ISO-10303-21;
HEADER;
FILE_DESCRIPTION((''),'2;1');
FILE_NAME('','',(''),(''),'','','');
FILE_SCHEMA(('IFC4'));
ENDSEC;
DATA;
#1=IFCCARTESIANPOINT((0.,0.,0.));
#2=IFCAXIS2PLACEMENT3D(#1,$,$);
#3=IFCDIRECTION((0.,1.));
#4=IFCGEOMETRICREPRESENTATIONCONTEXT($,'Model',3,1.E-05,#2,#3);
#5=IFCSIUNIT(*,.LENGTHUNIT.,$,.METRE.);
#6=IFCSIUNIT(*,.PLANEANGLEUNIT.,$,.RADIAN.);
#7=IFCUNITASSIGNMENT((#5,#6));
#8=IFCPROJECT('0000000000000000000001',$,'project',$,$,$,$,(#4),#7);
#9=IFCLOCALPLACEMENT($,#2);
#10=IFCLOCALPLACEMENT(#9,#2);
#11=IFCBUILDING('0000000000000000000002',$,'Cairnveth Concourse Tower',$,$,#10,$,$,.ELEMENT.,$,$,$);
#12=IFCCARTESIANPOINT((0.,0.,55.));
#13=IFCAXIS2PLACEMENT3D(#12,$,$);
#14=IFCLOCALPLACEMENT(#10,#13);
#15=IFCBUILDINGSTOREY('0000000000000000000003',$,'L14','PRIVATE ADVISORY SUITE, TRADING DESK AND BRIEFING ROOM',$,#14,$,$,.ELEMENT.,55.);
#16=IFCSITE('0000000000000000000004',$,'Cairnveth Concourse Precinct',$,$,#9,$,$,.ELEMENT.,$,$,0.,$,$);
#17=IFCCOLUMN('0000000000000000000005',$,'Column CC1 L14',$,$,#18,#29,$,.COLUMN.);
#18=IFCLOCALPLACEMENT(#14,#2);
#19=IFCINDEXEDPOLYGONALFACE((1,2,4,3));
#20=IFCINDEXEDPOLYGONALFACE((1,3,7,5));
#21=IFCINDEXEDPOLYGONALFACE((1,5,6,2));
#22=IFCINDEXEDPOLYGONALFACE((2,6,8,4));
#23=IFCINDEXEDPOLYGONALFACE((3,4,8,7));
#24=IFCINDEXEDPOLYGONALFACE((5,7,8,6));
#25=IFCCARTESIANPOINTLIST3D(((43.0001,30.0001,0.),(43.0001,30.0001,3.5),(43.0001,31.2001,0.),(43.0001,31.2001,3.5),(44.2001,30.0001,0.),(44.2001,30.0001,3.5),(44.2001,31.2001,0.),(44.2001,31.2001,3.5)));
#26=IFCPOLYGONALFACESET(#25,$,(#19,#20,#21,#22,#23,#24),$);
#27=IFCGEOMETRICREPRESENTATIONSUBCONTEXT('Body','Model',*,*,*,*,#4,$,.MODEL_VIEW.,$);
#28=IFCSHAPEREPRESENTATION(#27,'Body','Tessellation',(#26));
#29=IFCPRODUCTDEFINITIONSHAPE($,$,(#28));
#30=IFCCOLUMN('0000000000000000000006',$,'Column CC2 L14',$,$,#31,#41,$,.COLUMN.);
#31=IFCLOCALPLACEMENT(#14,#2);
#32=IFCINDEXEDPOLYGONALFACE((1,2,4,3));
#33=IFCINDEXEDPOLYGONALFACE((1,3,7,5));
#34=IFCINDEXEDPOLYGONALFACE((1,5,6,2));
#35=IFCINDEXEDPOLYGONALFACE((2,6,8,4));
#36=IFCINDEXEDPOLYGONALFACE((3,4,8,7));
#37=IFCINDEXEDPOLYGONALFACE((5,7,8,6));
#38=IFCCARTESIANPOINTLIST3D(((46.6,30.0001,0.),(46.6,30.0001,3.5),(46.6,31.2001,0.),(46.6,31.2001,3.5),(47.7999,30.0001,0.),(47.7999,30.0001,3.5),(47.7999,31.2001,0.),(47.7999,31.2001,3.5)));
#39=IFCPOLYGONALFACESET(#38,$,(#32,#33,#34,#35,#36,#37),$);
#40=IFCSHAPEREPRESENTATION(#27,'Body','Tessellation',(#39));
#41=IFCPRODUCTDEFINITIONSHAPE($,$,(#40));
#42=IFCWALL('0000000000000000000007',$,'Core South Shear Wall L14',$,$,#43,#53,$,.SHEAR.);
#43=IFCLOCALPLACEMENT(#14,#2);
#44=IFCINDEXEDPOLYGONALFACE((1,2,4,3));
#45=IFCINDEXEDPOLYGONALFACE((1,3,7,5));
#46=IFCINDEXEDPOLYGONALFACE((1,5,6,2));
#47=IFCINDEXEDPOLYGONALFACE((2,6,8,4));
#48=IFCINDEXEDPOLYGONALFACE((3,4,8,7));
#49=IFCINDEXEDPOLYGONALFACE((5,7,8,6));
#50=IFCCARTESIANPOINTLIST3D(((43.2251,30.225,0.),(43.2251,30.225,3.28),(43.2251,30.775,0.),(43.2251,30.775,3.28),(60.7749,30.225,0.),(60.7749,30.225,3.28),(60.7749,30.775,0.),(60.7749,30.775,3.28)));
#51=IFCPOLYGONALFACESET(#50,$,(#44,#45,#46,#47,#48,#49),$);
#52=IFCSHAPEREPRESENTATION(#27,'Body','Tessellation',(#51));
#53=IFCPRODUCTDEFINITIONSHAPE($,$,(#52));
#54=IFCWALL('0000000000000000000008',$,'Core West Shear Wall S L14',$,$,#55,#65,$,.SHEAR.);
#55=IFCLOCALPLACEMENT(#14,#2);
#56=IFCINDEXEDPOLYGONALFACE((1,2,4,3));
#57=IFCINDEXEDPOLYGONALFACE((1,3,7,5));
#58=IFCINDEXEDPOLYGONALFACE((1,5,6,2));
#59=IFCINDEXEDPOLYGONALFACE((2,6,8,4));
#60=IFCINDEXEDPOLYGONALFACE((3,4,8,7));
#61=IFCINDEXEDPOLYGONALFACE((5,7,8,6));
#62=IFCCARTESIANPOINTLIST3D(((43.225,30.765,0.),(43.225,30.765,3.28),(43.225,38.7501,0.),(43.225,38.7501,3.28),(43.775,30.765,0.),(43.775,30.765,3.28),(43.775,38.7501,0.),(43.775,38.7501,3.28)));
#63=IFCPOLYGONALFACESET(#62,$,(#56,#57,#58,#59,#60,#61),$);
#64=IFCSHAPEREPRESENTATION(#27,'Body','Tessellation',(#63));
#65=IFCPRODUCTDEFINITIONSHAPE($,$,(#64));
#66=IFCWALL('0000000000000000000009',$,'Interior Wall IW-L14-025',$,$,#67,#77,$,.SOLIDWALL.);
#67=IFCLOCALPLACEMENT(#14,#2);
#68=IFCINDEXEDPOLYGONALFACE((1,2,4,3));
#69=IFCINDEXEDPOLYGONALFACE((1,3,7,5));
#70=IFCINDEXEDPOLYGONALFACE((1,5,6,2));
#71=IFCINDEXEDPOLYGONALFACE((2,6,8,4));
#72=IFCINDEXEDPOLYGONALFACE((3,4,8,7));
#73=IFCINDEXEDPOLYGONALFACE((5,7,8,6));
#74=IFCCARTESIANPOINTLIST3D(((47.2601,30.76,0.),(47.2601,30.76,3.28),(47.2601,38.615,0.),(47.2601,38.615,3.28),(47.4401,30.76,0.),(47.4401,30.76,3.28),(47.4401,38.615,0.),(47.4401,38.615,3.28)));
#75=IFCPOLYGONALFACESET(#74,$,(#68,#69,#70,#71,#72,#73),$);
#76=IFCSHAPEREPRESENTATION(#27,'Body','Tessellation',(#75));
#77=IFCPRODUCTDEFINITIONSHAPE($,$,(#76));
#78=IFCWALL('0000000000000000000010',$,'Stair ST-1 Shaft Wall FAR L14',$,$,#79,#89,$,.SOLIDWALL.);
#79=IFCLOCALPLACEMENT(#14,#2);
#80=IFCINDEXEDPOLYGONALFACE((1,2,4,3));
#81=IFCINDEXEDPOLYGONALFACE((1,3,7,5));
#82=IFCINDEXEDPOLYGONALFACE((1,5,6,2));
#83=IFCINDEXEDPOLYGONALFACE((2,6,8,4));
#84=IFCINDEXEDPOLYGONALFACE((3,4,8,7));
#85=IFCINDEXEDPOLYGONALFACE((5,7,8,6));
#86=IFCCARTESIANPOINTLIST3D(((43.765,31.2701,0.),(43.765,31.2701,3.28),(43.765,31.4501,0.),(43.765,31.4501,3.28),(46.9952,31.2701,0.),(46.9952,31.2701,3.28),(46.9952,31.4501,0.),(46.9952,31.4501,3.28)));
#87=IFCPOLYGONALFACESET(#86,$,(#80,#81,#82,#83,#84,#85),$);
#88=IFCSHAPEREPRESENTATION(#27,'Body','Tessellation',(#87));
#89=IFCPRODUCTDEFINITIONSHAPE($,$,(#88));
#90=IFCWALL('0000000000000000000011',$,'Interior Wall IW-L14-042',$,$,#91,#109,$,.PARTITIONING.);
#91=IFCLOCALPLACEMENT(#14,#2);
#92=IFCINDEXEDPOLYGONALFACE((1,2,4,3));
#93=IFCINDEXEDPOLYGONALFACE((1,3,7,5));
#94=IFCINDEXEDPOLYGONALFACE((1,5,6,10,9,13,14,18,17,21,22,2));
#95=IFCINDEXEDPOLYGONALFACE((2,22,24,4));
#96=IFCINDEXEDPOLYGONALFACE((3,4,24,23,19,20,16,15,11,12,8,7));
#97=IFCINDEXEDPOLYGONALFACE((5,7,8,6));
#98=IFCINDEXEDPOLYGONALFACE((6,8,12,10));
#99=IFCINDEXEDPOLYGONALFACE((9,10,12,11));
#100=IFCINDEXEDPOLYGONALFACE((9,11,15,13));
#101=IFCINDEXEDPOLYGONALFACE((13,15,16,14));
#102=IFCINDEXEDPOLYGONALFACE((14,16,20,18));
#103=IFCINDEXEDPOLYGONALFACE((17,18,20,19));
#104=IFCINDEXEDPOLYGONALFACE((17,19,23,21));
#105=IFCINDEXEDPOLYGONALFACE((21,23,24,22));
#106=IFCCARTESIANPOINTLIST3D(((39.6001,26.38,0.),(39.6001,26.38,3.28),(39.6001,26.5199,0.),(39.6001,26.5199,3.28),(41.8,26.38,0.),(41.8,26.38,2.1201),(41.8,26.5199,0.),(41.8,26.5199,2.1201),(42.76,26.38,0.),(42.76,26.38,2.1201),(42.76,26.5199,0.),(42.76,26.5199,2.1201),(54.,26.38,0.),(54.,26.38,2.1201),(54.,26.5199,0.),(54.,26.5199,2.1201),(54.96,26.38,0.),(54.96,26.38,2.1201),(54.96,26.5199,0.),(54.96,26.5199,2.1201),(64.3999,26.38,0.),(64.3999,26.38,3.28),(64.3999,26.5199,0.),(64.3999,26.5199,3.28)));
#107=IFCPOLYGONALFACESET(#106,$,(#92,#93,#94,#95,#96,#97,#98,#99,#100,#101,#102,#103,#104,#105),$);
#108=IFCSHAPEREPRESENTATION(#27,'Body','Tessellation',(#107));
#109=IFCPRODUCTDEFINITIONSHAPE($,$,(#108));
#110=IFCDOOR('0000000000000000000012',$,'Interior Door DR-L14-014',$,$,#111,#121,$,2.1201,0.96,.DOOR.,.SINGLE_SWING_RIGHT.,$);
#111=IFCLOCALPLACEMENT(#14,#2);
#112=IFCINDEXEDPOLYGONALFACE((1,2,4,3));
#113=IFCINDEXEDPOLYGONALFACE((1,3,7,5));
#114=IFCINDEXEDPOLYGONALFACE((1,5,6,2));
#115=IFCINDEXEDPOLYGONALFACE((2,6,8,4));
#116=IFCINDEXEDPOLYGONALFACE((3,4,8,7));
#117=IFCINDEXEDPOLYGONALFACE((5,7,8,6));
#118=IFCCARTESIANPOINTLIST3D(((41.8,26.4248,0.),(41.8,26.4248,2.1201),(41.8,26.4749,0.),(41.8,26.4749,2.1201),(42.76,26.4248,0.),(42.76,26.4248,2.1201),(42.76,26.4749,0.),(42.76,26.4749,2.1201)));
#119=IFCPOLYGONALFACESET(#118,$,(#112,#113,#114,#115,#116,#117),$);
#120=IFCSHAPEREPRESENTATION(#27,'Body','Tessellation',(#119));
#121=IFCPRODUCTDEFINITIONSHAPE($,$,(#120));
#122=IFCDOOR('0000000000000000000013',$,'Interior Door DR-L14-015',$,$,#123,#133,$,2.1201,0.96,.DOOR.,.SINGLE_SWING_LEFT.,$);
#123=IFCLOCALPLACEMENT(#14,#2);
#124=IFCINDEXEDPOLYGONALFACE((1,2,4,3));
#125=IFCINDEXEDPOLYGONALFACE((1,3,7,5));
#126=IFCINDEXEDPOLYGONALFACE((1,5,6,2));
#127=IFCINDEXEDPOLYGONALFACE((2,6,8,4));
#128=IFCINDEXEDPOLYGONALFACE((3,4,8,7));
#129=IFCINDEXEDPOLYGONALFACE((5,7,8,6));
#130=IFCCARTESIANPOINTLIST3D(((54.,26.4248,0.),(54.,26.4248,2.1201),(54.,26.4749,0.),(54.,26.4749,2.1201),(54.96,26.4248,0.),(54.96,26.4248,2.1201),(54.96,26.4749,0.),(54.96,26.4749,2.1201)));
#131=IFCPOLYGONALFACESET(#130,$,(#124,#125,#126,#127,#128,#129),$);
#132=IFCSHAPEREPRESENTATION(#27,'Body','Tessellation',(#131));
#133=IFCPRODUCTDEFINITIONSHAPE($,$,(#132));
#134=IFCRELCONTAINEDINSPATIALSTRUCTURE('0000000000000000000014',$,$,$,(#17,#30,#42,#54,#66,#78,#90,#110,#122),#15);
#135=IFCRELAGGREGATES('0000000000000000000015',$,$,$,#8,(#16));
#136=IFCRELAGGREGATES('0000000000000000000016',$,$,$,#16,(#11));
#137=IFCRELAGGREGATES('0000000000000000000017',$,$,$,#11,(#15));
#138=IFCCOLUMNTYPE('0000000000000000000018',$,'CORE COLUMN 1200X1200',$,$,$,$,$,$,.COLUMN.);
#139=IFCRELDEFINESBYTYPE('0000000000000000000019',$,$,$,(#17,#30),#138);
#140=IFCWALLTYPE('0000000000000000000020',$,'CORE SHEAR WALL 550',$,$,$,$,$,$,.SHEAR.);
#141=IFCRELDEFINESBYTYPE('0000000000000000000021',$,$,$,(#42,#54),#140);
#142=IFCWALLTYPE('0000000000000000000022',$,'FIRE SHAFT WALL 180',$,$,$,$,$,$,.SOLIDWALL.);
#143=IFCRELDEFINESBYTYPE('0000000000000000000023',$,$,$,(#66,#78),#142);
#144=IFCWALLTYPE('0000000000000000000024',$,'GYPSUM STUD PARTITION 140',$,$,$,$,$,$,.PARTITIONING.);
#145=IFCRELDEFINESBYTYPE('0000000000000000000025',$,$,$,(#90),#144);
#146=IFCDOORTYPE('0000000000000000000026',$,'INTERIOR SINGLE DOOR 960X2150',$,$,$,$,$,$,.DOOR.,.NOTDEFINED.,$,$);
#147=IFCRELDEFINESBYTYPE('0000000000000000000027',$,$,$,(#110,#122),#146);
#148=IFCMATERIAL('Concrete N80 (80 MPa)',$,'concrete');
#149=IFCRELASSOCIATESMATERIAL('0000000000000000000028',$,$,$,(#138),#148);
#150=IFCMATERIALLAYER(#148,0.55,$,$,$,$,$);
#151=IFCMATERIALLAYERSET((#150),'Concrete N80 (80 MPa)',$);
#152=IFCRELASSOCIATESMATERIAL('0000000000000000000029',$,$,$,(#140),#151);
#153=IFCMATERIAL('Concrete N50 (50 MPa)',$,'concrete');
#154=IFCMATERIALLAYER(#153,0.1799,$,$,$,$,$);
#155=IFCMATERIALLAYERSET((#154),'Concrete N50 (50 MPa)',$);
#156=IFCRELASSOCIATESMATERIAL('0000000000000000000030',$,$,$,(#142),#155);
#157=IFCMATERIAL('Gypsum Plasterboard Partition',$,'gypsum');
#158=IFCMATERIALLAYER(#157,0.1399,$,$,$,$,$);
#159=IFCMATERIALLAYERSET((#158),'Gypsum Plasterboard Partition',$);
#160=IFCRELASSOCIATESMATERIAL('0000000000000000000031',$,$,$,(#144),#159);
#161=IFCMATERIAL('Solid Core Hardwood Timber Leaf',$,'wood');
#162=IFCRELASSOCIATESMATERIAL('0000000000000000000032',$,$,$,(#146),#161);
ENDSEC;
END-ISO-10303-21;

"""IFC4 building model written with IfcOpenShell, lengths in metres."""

from ifc_helpers import new_model, si_unit, direction, frame, frame_2d, origin, origin_2d, place, context, subcontext, project, spatial, rectangle, extrude, material, layer, layer_set, material_profile, profile_set, type_object, element, fill, save


model = new_model("IFC4")

# Units and contexts
model_context = context("Model", 3, precision=1e-05, world=origin(), true_north=direction((0.0, 1.0)))
body_context = subcontext(model_context, "Body", "Model", "MODEL_VIEW")
ifc_project = project(units=[si_unit("LENGTHUNIT", "METRE"), si_unit("PLANEANGLEUNIT", "RADIAN")], contexts=[model_context])

# Site, building, storey
site_placement = place(None, origin())
site = spatial("IfcSite", under=ifc_project, at=site_placement, Name="Cairnveth Concourse Precinct", CompositionType="ELEMENT", RefElevation=0.0)
building_placement = place(site_placement, origin())
building = spatial("IfcBuilding", under=site, at=building_placement, Name="Cairnveth Concourse Tower", CompositionType="ELEMENT")
storey_placement = place(building_placement, frame((0.0, 0.0, 55.0)))
storey = spatial("IfcBuildingStorey", under=building, at=storey_placement, Name="L14", Description="PRIVATE ADVISORY SUITE, TRADING DESK AND BRIEFING ROOM", CompositionType="ELEMENT", Elevation=55.0)

# Columns
ifc_material_1 = material(Name="Concrete N80 (80 MPa)", Category="concrete")
ifc_material_profile = material_profile(ifc_material_1, rectangle(XDim=1.2, YDim=1.2, at=origin_2d()), Name="RC-COL-1200x1200")
ifc_profile_set = profile_set([ifc_material_profile], Name="Concrete N80 (80 MPa)")
column_type = type_object("IfcColumnType", Name="CORE COLUMN 1200X1200", PredefinedType="COLUMN", material=ifc_profile_set)
for number, where, z_axis, x_axis, name in (
    (1, (43.6001, 30.6001, 0.0), (0.0, 0.0, 1.0), (1.0, 0.0, 0.0), "Column CC1 L14"),
    (2, (47.2, 30.6001, 0.0), (0.0, 0.0, 1.0), (1.0, 0.0, 0.0), "Column CC2 L14"),
):
    element("IfcColumn", number, at=place(storey_placement, frame(where, z_axis=z_axis, x_axis=x_axis)), inside=storey, type_object=column_type, Name=name, PredefinedType="COLUMN", context=body_context, shape_type="SweptSolid", body=[
        extrude(rectangle(XDim=1.2, YDim=1.2, at=origin_2d()), origin(), (0.0, 0.0, 1.0), 3.5),
    ])

# Walls
ifc_layer_1 = layer(ifc_material_1, 0.55)
ifc_layer_set_1 = layer_set([ifc_layer_1], Name="Concrete N80 (80 MPa)")
wall_type_1 = type_object("IfcWallType", Name="CORE SHEAR WALL 550", PredefinedType="SHEAR", material=ifc_layer_set_1)
wall_1_placement = place(storey_placement, frame((43.2251, 30.5, 0.0), z_axis=(0.0, 0.0, 1.0), x_axis=(1.0, 0.0, 0.0)))
element("IfcWall", 3, at=wall_1_placement, inside=storey, type_object=wall_type_1, Name="Core South Shear Wall L14", PredefinedType="SHEAR", context=body_context, shape_type="SweptSolid", body=[
    extrude(rectangle(XDim=17.5498, YDim=0.55, at=frame_2d((8.7749, 0.0))), origin(), (0.0, 0.0, 1.0), 3.28),
])
wall_2_placement = place(storey_placement, frame((43.5, 30.7649, 0.0), z_axis=(0.0, 0.0, 1.0), x_axis=(0.0, 1.0, 0.0)))
element("IfcWall", 4, at=wall_2_placement, inside=storey, type_object=wall_type_1, Name="Core West Shear Wall S L14", PredefinedType="SHEAR", context=body_context, shape_type="SweptSolid", body=[
    extrude(rectangle(XDim=7.9851, YDim=0.55, at=frame_2d((3.9927, 0.0))), origin(), (0.0, 0.0, 1.0), 3.28),
])
ifc_material_2 = material(Name="Concrete N50 (50 MPa)", Category="concrete")
ifc_layer_2 = layer(ifc_material_2, 0.1799)
ifc_layer_set_2 = layer_set([ifc_layer_2], Name="Concrete N50 (50 MPa)")
wall_type_2 = type_object("IfcWallType", Name="FIRE SHAFT WALL 180", PredefinedType="SOLIDWALL", material=ifc_layer_set_2)
wall_3_placement = place(storey_placement, frame((47.3501, 30.76, 0.0), z_axis=(0.0, 0.0, 1.0), x_axis=(0.0, 1.0, 0.0)))
element("IfcWall", 5, at=wall_3_placement, inside=storey, type_object=wall_type_2, Name="Interior Wall IW-L14-025", PredefinedType="SOLIDWALL", context=body_context, shape_type="SweptSolid", body=[
    extrude(rectangle(XDim=7.855, YDim=0.1799, at=frame_2d((3.9275, 0.0))), origin(), (0.0, 0.0, 1.0), 3.28),
])
wall_4_placement = place(storey_placement, frame((43.7649, 31.3601, 0.0), z_axis=(0.0, 0.0, 1.0), x_axis=(1.0, 0.0, 0.0)))
element("IfcWall", 6, at=wall_4_placement, inside=storey, type_object=wall_type_2, Name="Stair ST-1 Shaft Wall FAR L14", PredefinedType="SOLIDWALL", context=body_context, shape_type="SweptSolid", body=[
    extrude(rectangle(XDim=3.2302, YDim=0.1799, at=frame_2d((1.6152, 0.0))), origin(), (0.0, 0.0, 1.0), 3.28),
])

# Wall, openings, doors
ifc_material_3 = material(Name="Gypsum Plasterboard Partition", Category="gypsum")
ifc_layer_3 = layer(ifc_material_3, 0.1399)
ifc_layer_set_3 = layer_set([ifc_layer_3], Name="Gypsum Plasterboard Partition")
wall_type_3 = type_object("IfcWallType", Name="GYPSUM STUD PARTITION 140", PredefinedType="PARTITIONING", material=ifc_layer_set_3)
wall_5_placement = place(storey_placement, frame((39.6001, 26.45, 0.0), z_axis=(0.0, 0.0, 1.0), x_axis=(1.0, 0.0, 0.0)))
wall_5 = element("IfcWall", 7, at=wall_5_placement, inside=storey, type_object=wall_type_3, Name="Interior Wall IW-L14-042", PredefinedType="PARTITIONING", context=body_context, shape_type="SweptSolid", body=[
    extrude(rectangle(XDim=24.7998, YDim=0.1399, at=frame_2d((12.3999, 0.0))), origin(), (0.0, 0.0, 1.0), 3.28),
])
opening_1_placement = place(wall_5_placement, frame((2.2, 0.0, 0.0)))
opening_1 = element("IfcOpeningElement", 8, at=opening_1_placement, cuts=wall_5, PredefinedType="OPENING", context=body_context, shape_type="SweptSolid", body=[
    extrude(rectangle(XDim=0.96, YDim=2.1201, at=frame_2d((0.48, 1.0601))), frame((0.0, 0.0798, 0.0), z_axis=(0.0, -1.0, 0.0), x_axis=(1.0, 0.0, 0.0)), (0.0, 0.0, 1.0), 0.1599),
])
opening_2_placement = place(wall_5_placement, frame((14.3999, 0.0, 0.0)))
opening_2 = element("IfcOpeningElement", 9, at=opening_2_placement, cuts=wall_5, PredefinedType="OPENING", context=body_context, shape_type="SweptSolid", body=[
    extrude(rectangle(XDim=0.96, YDim=2.1201, at=frame_2d((0.48, 1.0601))), frame((0.0, 0.0798, 0.0), z_axis=(0.0, -1.0, 0.0), x_axis=(1.0, 0.0, 0.0)), (0.0, 0.0, 1.0), 0.1599),
])
ifc_material_4 = material(Name="Solid Core Hardwood Timber Leaf", Category="wood")
door_type_1 = type_object("IfcDoorType", Name="INTERIOR SINGLE DOOR 960X2150", OperationType="NOTDEFINED", PredefinedType="DOOR", material=ifc_material_4)
door_1_placement = place(opening_1_placement, origin())
door_1 = element("IfcDoor", 10, at=door_1_placement, inside=storey, type_object=door_type_1, Name="Interior Door DR-L14-014", OperationType="SINGLE_SWING_RIGHT", OverallHeight=2.1201, OverallWidth=0.96, PredefinedType="DOOR", context=body_context, shape_type="SweptSolid", body=[
    extrude(rectangle(XDim=0.96, YDim=2.1201, at=frame_2d((0.48, 1.0601))), frame((0.0, 0.0249, 0.0), z_axis=(0.0, -1.0, 0.0), x_axis=(1.0, 0.0, 0.0)), (0.0, 0.0, 1.0), 0.05),
])
fill(opening_1, door_1)
door_2_placement = place(opening_2_placement, origin())
door_2 = element("IfcDoor", 11, at=door_2_placement, inside=storey, type_object=door_type_1, Name="Interior Door DR-L14-015", OperationType="SINGLE_SWING_LEFT", OverallHeight=2.1201, OverallWidth=0.96, PredefinedType="DOOR", context=body_context, shape_type="SweptSolid", body=[
    extrude(rectangle(XDim=0.96, YDim=2.1201, at=frame_2d((0.48, 1.0601))), frame((0.0, 0.0249, 0.0), z_axis=(0.0, -1.0, 0.0), x_axis=(1.0, 0.0, 0.0)), (0.0, 0.0, 1.0), 0.05),
])
fill(opening_2, door_2)

save(model, "model.ifc")
